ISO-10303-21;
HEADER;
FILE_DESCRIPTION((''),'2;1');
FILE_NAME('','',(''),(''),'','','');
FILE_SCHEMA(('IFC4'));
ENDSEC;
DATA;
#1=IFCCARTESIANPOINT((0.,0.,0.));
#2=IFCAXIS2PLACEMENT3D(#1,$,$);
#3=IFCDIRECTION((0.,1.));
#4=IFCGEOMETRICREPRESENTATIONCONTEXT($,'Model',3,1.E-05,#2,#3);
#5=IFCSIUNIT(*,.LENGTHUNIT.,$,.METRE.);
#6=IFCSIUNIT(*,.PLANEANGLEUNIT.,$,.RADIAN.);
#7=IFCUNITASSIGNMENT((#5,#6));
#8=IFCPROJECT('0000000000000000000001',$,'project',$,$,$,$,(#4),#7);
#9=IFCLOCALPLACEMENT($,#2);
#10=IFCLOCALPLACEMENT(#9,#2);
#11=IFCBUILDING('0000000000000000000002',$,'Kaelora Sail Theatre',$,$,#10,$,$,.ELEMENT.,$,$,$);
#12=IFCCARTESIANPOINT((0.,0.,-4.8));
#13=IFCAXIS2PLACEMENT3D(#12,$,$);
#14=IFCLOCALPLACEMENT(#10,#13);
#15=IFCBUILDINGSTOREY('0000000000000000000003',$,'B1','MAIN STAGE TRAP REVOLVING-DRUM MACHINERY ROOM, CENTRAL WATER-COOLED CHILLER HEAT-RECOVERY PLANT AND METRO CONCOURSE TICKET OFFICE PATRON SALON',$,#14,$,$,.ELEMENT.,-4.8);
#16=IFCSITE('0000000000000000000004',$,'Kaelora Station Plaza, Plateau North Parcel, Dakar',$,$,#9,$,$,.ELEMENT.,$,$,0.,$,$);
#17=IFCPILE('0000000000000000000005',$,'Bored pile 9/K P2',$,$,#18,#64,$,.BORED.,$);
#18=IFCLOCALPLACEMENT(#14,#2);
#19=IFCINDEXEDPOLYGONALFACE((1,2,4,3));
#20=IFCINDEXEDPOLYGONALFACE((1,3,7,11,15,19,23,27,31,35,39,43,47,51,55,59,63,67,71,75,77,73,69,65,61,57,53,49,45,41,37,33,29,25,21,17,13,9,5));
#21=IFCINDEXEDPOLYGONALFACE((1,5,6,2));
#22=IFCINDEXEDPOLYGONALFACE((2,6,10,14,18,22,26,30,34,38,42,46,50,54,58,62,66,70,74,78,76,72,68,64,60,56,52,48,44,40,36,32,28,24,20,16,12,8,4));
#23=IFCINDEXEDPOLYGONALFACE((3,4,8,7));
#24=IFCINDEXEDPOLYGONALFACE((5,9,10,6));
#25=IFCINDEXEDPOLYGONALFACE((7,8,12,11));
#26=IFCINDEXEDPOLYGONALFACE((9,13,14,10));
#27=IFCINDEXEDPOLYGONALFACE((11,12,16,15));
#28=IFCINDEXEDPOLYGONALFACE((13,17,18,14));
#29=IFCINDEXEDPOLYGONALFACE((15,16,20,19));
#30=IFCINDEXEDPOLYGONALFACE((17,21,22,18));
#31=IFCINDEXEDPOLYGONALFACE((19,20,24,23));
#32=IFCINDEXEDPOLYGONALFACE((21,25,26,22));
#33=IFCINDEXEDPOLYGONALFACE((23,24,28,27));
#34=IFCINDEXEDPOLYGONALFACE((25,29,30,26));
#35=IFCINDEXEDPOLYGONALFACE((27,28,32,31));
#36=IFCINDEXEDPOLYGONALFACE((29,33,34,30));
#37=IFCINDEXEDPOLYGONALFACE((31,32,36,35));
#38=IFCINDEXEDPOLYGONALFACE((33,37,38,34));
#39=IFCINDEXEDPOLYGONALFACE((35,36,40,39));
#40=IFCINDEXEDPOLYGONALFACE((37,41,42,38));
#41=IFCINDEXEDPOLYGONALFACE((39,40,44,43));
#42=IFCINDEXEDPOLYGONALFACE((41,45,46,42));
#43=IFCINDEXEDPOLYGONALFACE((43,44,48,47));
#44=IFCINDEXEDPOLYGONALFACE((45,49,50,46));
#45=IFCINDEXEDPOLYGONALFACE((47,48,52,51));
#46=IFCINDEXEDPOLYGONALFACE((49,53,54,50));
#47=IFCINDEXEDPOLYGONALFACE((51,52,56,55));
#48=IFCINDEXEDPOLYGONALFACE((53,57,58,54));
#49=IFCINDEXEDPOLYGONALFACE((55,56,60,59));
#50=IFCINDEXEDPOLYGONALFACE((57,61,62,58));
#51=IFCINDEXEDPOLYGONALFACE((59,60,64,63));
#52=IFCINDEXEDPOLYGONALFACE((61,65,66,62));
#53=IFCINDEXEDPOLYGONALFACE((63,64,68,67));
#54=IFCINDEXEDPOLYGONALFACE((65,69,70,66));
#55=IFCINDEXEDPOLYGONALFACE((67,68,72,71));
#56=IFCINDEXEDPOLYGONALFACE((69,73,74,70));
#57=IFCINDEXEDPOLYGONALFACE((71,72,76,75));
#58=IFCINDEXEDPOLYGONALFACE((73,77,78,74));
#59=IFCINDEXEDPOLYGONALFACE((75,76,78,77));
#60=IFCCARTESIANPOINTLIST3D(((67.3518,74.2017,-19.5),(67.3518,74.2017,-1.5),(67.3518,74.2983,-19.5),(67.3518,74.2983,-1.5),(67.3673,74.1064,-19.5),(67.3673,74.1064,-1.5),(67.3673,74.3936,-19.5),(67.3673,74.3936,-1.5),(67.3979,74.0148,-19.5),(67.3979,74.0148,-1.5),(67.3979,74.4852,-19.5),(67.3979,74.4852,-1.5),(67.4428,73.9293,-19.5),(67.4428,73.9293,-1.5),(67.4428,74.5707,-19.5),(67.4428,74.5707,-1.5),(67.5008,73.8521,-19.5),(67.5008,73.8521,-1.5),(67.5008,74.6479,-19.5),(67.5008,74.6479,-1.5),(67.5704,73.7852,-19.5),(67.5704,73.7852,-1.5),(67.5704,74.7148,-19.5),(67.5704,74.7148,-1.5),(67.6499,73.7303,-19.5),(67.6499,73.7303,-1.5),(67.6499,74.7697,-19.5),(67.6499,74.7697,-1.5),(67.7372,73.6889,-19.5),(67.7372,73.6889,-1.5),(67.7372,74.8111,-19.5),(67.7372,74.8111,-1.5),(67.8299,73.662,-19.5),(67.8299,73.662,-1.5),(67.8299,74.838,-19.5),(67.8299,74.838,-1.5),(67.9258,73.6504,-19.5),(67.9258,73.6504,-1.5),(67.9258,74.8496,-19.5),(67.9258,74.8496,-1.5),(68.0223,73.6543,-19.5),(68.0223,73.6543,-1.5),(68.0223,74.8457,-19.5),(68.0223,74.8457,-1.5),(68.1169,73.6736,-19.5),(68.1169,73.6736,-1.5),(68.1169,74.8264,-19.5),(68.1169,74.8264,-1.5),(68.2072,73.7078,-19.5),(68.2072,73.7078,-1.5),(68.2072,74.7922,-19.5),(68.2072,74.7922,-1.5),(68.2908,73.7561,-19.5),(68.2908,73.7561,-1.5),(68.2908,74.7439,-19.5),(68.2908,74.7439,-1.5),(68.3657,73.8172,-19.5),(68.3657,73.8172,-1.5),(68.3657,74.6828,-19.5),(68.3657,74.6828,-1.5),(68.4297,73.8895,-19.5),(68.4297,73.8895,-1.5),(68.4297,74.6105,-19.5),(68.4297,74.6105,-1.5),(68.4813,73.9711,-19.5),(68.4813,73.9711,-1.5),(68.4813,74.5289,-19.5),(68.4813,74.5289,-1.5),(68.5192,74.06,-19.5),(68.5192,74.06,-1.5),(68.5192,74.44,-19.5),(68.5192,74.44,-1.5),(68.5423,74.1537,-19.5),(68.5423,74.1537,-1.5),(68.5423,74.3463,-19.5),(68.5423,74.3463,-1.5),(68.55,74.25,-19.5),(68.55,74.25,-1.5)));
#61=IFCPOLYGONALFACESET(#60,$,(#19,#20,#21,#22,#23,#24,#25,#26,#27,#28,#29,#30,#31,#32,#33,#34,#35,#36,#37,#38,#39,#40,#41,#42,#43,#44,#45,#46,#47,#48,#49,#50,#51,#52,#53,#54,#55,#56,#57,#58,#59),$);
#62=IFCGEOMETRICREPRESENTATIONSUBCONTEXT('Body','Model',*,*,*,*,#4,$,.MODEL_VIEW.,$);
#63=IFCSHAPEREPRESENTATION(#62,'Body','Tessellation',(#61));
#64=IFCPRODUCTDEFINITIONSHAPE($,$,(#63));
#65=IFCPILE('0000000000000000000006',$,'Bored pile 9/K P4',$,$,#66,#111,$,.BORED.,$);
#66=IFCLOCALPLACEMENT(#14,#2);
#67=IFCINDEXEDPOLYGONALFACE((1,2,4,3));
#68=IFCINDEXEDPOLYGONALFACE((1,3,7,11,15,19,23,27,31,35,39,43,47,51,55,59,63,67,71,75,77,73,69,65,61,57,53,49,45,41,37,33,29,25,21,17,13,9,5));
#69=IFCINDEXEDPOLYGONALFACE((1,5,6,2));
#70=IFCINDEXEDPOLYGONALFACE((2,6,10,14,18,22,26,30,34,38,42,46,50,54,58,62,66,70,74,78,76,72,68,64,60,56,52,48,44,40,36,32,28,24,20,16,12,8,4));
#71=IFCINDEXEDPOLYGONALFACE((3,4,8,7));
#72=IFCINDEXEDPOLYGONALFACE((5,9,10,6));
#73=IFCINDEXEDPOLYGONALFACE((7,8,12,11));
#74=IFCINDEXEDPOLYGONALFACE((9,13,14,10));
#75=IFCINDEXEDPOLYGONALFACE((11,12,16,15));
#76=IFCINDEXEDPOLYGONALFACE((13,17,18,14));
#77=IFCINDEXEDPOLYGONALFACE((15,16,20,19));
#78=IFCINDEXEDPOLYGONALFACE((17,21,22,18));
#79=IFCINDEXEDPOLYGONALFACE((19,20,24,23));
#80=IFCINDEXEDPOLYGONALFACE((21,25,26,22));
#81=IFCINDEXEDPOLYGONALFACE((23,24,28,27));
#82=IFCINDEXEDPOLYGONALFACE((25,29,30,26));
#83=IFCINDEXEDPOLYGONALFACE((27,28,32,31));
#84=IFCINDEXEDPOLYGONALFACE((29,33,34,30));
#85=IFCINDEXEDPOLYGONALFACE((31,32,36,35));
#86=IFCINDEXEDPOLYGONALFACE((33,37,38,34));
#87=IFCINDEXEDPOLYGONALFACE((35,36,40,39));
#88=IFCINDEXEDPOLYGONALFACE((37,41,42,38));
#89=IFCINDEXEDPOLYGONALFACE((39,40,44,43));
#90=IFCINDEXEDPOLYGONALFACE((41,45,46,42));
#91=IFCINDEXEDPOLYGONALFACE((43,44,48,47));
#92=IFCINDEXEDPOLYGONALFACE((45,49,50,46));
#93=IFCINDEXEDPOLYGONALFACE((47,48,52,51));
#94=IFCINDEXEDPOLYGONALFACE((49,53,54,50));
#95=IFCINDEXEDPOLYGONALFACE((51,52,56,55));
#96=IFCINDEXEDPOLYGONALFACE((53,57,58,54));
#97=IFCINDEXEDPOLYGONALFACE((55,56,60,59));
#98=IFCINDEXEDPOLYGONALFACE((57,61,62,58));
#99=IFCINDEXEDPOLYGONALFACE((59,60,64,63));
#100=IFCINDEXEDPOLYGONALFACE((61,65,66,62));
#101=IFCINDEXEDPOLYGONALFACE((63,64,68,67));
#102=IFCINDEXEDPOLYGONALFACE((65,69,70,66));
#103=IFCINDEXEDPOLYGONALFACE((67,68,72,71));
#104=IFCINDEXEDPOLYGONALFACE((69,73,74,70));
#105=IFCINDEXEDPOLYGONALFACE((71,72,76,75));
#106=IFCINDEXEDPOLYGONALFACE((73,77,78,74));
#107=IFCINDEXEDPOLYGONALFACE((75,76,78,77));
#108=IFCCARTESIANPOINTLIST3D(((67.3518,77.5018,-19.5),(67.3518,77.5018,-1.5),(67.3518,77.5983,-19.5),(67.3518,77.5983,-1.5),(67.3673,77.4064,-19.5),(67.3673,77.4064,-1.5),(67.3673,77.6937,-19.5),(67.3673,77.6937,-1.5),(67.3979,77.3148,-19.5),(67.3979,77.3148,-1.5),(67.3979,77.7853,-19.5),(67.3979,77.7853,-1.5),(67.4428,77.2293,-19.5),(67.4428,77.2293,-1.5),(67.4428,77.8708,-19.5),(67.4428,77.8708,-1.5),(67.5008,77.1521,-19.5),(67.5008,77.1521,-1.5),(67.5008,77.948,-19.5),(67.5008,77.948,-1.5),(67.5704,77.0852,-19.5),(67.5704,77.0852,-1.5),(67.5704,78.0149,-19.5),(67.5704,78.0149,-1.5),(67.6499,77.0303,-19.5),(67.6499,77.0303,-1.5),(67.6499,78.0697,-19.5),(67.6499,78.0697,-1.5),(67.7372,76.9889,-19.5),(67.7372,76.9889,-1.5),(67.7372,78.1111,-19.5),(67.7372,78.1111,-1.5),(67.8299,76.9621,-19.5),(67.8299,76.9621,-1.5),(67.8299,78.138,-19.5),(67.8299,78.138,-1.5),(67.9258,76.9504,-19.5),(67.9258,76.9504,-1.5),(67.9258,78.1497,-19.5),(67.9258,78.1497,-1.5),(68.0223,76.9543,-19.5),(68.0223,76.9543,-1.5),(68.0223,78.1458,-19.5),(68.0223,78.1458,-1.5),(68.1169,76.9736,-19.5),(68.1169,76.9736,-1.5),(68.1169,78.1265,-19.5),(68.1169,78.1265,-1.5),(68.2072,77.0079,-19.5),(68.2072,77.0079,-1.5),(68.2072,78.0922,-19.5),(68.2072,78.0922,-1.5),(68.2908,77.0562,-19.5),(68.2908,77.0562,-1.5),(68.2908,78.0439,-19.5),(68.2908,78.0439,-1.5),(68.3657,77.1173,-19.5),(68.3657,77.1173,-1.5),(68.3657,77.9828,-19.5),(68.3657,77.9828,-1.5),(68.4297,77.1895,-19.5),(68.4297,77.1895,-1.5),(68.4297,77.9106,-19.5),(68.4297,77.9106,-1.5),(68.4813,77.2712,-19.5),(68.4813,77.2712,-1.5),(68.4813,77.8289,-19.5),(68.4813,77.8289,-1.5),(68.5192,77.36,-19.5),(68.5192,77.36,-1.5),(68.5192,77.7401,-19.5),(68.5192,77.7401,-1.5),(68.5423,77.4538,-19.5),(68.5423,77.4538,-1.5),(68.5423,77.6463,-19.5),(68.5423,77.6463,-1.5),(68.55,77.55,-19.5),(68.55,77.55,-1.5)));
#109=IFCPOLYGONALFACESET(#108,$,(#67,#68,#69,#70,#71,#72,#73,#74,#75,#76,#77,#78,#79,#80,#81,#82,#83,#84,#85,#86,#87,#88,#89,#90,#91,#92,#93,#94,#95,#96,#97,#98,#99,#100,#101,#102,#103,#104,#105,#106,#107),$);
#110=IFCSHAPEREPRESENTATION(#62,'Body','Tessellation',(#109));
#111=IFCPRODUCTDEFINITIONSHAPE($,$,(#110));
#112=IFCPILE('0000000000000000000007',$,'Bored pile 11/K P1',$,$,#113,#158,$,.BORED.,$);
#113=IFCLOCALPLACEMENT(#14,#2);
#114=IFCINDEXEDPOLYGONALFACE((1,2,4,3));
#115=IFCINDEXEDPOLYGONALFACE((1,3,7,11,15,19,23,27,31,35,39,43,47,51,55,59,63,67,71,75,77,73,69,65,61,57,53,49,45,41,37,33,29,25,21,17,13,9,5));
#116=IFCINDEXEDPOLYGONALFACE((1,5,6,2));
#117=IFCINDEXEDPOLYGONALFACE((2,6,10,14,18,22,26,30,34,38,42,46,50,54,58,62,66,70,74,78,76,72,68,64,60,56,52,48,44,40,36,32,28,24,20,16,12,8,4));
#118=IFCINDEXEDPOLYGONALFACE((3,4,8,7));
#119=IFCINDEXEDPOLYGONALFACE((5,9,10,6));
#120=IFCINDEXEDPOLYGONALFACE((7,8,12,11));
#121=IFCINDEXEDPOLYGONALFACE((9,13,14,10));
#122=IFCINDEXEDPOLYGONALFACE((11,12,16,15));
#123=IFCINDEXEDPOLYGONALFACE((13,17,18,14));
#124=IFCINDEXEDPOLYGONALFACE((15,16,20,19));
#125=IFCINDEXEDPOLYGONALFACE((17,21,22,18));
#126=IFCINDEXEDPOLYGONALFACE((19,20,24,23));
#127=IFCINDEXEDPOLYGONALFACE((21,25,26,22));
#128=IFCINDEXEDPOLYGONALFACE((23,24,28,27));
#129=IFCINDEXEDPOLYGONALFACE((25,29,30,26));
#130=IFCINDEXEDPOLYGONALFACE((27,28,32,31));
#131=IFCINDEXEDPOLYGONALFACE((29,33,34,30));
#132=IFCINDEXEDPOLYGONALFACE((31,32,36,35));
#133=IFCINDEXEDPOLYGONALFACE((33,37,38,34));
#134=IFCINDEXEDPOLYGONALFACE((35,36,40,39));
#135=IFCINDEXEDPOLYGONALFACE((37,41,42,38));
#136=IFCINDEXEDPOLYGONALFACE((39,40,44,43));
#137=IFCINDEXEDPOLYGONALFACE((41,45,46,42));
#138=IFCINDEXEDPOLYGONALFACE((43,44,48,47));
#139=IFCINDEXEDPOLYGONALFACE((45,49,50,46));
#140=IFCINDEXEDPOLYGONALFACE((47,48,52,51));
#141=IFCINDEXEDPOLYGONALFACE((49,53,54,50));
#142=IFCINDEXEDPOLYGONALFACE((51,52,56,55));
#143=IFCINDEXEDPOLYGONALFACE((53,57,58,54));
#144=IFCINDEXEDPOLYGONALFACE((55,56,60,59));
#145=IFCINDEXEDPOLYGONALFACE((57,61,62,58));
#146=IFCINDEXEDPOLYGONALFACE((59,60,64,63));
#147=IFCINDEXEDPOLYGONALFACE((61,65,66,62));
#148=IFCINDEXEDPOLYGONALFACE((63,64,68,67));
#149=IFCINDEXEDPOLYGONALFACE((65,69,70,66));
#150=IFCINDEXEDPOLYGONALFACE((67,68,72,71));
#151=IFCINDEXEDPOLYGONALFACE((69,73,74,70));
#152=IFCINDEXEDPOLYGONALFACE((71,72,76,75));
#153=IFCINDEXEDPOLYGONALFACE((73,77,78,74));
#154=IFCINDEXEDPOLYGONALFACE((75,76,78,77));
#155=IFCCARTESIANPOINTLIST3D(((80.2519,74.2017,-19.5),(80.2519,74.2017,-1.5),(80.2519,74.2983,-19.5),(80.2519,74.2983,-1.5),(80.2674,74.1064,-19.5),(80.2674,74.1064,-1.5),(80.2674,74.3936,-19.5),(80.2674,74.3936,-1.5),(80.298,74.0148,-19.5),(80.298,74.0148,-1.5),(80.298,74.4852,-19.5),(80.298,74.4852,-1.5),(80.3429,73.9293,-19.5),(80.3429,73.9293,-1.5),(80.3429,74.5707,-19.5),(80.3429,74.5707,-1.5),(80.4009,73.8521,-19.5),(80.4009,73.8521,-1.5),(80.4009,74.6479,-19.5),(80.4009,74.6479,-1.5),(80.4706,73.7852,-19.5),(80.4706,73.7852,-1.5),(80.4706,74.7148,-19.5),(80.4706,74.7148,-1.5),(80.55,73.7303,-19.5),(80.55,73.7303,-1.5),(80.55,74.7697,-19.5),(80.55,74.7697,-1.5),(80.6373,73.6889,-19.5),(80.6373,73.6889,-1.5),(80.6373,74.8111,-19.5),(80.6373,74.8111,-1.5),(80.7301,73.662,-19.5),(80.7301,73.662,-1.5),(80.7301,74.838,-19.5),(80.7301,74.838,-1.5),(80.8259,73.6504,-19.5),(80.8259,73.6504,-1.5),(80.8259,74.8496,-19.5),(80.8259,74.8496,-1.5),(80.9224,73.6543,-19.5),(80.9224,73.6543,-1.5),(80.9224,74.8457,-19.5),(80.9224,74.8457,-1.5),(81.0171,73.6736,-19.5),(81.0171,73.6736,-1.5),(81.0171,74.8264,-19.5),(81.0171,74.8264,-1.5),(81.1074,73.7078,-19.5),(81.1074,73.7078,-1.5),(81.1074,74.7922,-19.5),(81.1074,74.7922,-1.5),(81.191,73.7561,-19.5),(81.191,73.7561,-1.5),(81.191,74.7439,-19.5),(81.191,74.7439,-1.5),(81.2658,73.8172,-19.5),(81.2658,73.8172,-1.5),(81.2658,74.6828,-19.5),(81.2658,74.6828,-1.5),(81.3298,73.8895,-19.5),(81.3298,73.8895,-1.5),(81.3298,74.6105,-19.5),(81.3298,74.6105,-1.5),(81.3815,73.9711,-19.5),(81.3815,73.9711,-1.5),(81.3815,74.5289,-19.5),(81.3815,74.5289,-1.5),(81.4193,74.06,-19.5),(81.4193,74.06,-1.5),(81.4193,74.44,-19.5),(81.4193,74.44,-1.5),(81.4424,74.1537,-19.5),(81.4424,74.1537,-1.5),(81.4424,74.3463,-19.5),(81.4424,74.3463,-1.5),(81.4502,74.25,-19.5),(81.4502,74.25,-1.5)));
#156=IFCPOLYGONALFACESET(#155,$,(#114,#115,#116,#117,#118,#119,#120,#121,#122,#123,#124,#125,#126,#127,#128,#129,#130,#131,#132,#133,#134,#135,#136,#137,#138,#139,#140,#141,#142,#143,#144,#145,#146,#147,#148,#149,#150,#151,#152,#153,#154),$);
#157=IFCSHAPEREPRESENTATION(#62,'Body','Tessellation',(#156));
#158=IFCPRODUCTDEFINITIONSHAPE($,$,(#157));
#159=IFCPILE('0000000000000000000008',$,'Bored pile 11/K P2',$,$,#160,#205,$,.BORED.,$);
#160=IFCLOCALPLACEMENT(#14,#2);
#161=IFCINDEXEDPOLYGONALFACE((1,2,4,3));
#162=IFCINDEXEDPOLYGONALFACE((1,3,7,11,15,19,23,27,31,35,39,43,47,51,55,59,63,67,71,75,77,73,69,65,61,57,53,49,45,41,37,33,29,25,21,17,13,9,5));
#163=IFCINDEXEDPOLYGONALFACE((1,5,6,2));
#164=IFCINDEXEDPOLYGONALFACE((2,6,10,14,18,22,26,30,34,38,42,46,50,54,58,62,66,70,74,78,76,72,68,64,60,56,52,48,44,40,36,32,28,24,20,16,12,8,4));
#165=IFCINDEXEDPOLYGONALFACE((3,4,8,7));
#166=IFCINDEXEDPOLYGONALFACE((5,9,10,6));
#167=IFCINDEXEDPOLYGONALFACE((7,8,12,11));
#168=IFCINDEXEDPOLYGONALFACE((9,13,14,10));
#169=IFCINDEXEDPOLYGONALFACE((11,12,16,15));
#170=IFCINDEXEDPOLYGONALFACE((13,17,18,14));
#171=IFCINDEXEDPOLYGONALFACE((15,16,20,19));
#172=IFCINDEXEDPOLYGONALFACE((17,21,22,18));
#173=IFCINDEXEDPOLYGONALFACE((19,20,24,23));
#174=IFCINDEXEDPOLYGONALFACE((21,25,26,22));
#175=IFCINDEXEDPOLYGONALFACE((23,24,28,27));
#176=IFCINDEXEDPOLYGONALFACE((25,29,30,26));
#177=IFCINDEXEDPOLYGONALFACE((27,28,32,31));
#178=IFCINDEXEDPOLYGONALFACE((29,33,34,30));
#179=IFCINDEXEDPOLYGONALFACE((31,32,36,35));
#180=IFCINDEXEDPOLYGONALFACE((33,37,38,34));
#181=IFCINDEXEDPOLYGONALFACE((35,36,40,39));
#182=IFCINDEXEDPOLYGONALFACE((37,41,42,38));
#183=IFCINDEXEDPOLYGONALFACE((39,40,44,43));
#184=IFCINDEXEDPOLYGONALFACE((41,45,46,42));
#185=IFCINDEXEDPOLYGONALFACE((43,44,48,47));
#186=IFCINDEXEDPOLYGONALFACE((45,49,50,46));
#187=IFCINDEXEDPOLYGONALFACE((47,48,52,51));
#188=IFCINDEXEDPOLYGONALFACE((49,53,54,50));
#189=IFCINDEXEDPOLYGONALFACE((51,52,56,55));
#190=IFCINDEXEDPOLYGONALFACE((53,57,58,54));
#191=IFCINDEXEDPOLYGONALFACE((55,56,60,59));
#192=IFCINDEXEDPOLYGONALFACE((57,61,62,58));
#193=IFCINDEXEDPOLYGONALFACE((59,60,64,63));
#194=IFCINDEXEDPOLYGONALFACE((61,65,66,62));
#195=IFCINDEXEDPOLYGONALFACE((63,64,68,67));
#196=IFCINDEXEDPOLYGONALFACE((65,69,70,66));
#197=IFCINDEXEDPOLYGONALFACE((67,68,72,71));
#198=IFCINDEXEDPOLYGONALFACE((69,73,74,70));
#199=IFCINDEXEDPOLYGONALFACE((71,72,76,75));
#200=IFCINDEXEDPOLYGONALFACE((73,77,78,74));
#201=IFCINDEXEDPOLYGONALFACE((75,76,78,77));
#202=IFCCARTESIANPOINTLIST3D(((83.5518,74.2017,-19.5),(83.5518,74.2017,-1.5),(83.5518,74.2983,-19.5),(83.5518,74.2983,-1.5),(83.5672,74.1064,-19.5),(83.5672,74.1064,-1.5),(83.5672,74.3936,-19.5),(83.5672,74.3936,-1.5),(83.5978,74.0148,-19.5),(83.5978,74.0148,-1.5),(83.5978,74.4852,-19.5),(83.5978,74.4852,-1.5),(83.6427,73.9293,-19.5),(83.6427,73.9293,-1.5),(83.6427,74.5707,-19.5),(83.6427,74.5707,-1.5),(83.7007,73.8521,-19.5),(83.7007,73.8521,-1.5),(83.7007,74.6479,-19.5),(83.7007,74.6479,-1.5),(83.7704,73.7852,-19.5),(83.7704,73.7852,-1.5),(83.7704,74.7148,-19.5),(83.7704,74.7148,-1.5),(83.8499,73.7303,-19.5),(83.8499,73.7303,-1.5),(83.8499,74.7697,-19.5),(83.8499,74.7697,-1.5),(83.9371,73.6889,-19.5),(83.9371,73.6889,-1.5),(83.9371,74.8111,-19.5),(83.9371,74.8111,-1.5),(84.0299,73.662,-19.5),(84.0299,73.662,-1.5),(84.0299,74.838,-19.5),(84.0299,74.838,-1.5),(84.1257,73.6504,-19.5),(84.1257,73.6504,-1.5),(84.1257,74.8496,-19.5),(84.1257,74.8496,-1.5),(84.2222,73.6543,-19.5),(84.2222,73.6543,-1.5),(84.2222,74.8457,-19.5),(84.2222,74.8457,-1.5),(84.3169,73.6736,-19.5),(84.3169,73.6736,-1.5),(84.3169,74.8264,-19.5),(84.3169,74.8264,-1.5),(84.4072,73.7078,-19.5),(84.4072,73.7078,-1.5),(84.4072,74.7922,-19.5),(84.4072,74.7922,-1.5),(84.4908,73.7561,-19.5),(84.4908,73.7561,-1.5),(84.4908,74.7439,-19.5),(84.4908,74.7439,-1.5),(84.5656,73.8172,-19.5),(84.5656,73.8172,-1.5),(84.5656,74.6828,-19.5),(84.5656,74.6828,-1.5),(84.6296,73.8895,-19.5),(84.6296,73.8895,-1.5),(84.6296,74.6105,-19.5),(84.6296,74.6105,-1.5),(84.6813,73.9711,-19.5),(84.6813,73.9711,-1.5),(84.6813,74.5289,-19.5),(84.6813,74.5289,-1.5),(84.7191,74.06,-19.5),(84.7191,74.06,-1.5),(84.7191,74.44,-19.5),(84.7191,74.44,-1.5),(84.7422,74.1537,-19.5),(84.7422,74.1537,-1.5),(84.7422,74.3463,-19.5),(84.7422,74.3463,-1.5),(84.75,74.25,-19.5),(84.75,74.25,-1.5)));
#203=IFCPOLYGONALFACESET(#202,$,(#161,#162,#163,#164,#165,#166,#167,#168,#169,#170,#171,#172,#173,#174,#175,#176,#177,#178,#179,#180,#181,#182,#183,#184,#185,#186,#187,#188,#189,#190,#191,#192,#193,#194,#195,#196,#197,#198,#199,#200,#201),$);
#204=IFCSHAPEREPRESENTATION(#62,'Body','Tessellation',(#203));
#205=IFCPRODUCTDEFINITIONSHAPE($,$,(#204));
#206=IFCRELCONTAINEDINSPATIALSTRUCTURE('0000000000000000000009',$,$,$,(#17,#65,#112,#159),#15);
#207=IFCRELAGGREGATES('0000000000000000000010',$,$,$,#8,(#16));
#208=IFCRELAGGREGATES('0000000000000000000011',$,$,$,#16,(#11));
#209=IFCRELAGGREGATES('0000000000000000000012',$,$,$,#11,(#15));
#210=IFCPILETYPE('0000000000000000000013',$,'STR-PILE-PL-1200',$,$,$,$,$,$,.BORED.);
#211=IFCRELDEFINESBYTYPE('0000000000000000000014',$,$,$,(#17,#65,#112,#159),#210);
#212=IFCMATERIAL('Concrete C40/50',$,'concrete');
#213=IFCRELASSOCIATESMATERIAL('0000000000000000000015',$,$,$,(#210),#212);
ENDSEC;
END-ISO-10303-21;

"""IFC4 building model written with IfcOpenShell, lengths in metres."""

from ifc_helpers import new_model, si_unit, direction, frame, origin, origin_2d, place, context, subcontext, project, spatial, circle, extrude, material, material_profile, profile_set, type_object, element, save


model = new_model("IFC4")

# Units and contexts
model_context = context("Model", 3, precision=1e-05, world=origin(), true_north=direction((0.0, 1.0)))
body_context = subcontext(model_context, "Body", "Model", "MODEL_VIEW")
ifc_project = project(units=[si_unit("LENGTHUNIT", "METRE"), si_unit("PLANEANGLEUNIT", "RADIAN")], contexts=[model_context])

# Site, building, storey
site_placement = place(None, origin())
site = spatial("IfcSite", under=ifc_project, at=site_placement, Name="Kaelora Station Plaza, Plateau North Parcel, Dakar", CompositionType="ELEMENT", RefElevation=0.0)
building_placement = place(site_placement, origin())
building = spatial("IfcBuilding", under=site, at=building_placement, Name="Kaelora Sail Theatre", CompositionType="ELEMENT")
storey_placement = place(building_placement, frame((0.0, 0.0, -4.8)))
storey = spatial("IfcBuildingStorey", under=building, at=storey_placement, Name="B1", Description="MAIN STAGE TRAP REVOLVING-DRUM MACHINERY ROOM, CENTRAL WATER-COOLED CHILLER HEAT-RECOVERY PLANT AND METRO CONCOURSE TICKET OFFICE PATRON SALON", CompositionType="ELEMENT", Elevation=-4.8)

# Piles
ifc_material_1 = material(Name="Concrete C40/50", Category="concrete")
ifc_material_profile_1 = material_profile(ifc_material_1, circle(Radius=0.6001, at=origin_2d()), Name="PILE D1200")
ifc_profile_set_1 = profile_set([ifc_material_profile_1], Name="Concrete C40/50")
pile_type_1 = type_object("IfcPileType", Name="STR-PILE-PL-1200", PredefinedType="BORED", material=ifc_profile_set_1)
for number, where, z_axis, x_axis, name in (
    (1, (67.95, 74.25, -1.5), (0.0, 0.0, -1.0), (1.0, 0.0, 0.0), "Bored pile 9/K P2"),
    (2, (67.95, 77.55, -1.5), (0.0, 0.0, -1.0), (1.0, 0.0, 0.0), "Bored pile 9/K P4"),
    (3, (80.8501, 74.25, -1.5), (0.0, 0.0, -1.0), (1.0, 0.0, 0.0), "Bored pile 11/K P1"),
    (4, (84.1499, 74.25, -1.5), (0.0, 0.0, -1.0), (1.0, 0.0, 0.0), "Bored pile 11/K P2"),
):
    element("IfcPile", number, at=place(storey_placement, frame(where, z_axis=z_axis, x_axis=x_axis)), inside=storey, type_object=pile_type_1, Name=name, PredefinedType="BORED", context=body_context, shape_type="SweptSolid", body=[
        extrude(circle(Radius=0.6001, at=origin_2d()), origin(), (0.0, 0.0, 1.0), 18.0),
    ])

save(model, "model.ifc")
